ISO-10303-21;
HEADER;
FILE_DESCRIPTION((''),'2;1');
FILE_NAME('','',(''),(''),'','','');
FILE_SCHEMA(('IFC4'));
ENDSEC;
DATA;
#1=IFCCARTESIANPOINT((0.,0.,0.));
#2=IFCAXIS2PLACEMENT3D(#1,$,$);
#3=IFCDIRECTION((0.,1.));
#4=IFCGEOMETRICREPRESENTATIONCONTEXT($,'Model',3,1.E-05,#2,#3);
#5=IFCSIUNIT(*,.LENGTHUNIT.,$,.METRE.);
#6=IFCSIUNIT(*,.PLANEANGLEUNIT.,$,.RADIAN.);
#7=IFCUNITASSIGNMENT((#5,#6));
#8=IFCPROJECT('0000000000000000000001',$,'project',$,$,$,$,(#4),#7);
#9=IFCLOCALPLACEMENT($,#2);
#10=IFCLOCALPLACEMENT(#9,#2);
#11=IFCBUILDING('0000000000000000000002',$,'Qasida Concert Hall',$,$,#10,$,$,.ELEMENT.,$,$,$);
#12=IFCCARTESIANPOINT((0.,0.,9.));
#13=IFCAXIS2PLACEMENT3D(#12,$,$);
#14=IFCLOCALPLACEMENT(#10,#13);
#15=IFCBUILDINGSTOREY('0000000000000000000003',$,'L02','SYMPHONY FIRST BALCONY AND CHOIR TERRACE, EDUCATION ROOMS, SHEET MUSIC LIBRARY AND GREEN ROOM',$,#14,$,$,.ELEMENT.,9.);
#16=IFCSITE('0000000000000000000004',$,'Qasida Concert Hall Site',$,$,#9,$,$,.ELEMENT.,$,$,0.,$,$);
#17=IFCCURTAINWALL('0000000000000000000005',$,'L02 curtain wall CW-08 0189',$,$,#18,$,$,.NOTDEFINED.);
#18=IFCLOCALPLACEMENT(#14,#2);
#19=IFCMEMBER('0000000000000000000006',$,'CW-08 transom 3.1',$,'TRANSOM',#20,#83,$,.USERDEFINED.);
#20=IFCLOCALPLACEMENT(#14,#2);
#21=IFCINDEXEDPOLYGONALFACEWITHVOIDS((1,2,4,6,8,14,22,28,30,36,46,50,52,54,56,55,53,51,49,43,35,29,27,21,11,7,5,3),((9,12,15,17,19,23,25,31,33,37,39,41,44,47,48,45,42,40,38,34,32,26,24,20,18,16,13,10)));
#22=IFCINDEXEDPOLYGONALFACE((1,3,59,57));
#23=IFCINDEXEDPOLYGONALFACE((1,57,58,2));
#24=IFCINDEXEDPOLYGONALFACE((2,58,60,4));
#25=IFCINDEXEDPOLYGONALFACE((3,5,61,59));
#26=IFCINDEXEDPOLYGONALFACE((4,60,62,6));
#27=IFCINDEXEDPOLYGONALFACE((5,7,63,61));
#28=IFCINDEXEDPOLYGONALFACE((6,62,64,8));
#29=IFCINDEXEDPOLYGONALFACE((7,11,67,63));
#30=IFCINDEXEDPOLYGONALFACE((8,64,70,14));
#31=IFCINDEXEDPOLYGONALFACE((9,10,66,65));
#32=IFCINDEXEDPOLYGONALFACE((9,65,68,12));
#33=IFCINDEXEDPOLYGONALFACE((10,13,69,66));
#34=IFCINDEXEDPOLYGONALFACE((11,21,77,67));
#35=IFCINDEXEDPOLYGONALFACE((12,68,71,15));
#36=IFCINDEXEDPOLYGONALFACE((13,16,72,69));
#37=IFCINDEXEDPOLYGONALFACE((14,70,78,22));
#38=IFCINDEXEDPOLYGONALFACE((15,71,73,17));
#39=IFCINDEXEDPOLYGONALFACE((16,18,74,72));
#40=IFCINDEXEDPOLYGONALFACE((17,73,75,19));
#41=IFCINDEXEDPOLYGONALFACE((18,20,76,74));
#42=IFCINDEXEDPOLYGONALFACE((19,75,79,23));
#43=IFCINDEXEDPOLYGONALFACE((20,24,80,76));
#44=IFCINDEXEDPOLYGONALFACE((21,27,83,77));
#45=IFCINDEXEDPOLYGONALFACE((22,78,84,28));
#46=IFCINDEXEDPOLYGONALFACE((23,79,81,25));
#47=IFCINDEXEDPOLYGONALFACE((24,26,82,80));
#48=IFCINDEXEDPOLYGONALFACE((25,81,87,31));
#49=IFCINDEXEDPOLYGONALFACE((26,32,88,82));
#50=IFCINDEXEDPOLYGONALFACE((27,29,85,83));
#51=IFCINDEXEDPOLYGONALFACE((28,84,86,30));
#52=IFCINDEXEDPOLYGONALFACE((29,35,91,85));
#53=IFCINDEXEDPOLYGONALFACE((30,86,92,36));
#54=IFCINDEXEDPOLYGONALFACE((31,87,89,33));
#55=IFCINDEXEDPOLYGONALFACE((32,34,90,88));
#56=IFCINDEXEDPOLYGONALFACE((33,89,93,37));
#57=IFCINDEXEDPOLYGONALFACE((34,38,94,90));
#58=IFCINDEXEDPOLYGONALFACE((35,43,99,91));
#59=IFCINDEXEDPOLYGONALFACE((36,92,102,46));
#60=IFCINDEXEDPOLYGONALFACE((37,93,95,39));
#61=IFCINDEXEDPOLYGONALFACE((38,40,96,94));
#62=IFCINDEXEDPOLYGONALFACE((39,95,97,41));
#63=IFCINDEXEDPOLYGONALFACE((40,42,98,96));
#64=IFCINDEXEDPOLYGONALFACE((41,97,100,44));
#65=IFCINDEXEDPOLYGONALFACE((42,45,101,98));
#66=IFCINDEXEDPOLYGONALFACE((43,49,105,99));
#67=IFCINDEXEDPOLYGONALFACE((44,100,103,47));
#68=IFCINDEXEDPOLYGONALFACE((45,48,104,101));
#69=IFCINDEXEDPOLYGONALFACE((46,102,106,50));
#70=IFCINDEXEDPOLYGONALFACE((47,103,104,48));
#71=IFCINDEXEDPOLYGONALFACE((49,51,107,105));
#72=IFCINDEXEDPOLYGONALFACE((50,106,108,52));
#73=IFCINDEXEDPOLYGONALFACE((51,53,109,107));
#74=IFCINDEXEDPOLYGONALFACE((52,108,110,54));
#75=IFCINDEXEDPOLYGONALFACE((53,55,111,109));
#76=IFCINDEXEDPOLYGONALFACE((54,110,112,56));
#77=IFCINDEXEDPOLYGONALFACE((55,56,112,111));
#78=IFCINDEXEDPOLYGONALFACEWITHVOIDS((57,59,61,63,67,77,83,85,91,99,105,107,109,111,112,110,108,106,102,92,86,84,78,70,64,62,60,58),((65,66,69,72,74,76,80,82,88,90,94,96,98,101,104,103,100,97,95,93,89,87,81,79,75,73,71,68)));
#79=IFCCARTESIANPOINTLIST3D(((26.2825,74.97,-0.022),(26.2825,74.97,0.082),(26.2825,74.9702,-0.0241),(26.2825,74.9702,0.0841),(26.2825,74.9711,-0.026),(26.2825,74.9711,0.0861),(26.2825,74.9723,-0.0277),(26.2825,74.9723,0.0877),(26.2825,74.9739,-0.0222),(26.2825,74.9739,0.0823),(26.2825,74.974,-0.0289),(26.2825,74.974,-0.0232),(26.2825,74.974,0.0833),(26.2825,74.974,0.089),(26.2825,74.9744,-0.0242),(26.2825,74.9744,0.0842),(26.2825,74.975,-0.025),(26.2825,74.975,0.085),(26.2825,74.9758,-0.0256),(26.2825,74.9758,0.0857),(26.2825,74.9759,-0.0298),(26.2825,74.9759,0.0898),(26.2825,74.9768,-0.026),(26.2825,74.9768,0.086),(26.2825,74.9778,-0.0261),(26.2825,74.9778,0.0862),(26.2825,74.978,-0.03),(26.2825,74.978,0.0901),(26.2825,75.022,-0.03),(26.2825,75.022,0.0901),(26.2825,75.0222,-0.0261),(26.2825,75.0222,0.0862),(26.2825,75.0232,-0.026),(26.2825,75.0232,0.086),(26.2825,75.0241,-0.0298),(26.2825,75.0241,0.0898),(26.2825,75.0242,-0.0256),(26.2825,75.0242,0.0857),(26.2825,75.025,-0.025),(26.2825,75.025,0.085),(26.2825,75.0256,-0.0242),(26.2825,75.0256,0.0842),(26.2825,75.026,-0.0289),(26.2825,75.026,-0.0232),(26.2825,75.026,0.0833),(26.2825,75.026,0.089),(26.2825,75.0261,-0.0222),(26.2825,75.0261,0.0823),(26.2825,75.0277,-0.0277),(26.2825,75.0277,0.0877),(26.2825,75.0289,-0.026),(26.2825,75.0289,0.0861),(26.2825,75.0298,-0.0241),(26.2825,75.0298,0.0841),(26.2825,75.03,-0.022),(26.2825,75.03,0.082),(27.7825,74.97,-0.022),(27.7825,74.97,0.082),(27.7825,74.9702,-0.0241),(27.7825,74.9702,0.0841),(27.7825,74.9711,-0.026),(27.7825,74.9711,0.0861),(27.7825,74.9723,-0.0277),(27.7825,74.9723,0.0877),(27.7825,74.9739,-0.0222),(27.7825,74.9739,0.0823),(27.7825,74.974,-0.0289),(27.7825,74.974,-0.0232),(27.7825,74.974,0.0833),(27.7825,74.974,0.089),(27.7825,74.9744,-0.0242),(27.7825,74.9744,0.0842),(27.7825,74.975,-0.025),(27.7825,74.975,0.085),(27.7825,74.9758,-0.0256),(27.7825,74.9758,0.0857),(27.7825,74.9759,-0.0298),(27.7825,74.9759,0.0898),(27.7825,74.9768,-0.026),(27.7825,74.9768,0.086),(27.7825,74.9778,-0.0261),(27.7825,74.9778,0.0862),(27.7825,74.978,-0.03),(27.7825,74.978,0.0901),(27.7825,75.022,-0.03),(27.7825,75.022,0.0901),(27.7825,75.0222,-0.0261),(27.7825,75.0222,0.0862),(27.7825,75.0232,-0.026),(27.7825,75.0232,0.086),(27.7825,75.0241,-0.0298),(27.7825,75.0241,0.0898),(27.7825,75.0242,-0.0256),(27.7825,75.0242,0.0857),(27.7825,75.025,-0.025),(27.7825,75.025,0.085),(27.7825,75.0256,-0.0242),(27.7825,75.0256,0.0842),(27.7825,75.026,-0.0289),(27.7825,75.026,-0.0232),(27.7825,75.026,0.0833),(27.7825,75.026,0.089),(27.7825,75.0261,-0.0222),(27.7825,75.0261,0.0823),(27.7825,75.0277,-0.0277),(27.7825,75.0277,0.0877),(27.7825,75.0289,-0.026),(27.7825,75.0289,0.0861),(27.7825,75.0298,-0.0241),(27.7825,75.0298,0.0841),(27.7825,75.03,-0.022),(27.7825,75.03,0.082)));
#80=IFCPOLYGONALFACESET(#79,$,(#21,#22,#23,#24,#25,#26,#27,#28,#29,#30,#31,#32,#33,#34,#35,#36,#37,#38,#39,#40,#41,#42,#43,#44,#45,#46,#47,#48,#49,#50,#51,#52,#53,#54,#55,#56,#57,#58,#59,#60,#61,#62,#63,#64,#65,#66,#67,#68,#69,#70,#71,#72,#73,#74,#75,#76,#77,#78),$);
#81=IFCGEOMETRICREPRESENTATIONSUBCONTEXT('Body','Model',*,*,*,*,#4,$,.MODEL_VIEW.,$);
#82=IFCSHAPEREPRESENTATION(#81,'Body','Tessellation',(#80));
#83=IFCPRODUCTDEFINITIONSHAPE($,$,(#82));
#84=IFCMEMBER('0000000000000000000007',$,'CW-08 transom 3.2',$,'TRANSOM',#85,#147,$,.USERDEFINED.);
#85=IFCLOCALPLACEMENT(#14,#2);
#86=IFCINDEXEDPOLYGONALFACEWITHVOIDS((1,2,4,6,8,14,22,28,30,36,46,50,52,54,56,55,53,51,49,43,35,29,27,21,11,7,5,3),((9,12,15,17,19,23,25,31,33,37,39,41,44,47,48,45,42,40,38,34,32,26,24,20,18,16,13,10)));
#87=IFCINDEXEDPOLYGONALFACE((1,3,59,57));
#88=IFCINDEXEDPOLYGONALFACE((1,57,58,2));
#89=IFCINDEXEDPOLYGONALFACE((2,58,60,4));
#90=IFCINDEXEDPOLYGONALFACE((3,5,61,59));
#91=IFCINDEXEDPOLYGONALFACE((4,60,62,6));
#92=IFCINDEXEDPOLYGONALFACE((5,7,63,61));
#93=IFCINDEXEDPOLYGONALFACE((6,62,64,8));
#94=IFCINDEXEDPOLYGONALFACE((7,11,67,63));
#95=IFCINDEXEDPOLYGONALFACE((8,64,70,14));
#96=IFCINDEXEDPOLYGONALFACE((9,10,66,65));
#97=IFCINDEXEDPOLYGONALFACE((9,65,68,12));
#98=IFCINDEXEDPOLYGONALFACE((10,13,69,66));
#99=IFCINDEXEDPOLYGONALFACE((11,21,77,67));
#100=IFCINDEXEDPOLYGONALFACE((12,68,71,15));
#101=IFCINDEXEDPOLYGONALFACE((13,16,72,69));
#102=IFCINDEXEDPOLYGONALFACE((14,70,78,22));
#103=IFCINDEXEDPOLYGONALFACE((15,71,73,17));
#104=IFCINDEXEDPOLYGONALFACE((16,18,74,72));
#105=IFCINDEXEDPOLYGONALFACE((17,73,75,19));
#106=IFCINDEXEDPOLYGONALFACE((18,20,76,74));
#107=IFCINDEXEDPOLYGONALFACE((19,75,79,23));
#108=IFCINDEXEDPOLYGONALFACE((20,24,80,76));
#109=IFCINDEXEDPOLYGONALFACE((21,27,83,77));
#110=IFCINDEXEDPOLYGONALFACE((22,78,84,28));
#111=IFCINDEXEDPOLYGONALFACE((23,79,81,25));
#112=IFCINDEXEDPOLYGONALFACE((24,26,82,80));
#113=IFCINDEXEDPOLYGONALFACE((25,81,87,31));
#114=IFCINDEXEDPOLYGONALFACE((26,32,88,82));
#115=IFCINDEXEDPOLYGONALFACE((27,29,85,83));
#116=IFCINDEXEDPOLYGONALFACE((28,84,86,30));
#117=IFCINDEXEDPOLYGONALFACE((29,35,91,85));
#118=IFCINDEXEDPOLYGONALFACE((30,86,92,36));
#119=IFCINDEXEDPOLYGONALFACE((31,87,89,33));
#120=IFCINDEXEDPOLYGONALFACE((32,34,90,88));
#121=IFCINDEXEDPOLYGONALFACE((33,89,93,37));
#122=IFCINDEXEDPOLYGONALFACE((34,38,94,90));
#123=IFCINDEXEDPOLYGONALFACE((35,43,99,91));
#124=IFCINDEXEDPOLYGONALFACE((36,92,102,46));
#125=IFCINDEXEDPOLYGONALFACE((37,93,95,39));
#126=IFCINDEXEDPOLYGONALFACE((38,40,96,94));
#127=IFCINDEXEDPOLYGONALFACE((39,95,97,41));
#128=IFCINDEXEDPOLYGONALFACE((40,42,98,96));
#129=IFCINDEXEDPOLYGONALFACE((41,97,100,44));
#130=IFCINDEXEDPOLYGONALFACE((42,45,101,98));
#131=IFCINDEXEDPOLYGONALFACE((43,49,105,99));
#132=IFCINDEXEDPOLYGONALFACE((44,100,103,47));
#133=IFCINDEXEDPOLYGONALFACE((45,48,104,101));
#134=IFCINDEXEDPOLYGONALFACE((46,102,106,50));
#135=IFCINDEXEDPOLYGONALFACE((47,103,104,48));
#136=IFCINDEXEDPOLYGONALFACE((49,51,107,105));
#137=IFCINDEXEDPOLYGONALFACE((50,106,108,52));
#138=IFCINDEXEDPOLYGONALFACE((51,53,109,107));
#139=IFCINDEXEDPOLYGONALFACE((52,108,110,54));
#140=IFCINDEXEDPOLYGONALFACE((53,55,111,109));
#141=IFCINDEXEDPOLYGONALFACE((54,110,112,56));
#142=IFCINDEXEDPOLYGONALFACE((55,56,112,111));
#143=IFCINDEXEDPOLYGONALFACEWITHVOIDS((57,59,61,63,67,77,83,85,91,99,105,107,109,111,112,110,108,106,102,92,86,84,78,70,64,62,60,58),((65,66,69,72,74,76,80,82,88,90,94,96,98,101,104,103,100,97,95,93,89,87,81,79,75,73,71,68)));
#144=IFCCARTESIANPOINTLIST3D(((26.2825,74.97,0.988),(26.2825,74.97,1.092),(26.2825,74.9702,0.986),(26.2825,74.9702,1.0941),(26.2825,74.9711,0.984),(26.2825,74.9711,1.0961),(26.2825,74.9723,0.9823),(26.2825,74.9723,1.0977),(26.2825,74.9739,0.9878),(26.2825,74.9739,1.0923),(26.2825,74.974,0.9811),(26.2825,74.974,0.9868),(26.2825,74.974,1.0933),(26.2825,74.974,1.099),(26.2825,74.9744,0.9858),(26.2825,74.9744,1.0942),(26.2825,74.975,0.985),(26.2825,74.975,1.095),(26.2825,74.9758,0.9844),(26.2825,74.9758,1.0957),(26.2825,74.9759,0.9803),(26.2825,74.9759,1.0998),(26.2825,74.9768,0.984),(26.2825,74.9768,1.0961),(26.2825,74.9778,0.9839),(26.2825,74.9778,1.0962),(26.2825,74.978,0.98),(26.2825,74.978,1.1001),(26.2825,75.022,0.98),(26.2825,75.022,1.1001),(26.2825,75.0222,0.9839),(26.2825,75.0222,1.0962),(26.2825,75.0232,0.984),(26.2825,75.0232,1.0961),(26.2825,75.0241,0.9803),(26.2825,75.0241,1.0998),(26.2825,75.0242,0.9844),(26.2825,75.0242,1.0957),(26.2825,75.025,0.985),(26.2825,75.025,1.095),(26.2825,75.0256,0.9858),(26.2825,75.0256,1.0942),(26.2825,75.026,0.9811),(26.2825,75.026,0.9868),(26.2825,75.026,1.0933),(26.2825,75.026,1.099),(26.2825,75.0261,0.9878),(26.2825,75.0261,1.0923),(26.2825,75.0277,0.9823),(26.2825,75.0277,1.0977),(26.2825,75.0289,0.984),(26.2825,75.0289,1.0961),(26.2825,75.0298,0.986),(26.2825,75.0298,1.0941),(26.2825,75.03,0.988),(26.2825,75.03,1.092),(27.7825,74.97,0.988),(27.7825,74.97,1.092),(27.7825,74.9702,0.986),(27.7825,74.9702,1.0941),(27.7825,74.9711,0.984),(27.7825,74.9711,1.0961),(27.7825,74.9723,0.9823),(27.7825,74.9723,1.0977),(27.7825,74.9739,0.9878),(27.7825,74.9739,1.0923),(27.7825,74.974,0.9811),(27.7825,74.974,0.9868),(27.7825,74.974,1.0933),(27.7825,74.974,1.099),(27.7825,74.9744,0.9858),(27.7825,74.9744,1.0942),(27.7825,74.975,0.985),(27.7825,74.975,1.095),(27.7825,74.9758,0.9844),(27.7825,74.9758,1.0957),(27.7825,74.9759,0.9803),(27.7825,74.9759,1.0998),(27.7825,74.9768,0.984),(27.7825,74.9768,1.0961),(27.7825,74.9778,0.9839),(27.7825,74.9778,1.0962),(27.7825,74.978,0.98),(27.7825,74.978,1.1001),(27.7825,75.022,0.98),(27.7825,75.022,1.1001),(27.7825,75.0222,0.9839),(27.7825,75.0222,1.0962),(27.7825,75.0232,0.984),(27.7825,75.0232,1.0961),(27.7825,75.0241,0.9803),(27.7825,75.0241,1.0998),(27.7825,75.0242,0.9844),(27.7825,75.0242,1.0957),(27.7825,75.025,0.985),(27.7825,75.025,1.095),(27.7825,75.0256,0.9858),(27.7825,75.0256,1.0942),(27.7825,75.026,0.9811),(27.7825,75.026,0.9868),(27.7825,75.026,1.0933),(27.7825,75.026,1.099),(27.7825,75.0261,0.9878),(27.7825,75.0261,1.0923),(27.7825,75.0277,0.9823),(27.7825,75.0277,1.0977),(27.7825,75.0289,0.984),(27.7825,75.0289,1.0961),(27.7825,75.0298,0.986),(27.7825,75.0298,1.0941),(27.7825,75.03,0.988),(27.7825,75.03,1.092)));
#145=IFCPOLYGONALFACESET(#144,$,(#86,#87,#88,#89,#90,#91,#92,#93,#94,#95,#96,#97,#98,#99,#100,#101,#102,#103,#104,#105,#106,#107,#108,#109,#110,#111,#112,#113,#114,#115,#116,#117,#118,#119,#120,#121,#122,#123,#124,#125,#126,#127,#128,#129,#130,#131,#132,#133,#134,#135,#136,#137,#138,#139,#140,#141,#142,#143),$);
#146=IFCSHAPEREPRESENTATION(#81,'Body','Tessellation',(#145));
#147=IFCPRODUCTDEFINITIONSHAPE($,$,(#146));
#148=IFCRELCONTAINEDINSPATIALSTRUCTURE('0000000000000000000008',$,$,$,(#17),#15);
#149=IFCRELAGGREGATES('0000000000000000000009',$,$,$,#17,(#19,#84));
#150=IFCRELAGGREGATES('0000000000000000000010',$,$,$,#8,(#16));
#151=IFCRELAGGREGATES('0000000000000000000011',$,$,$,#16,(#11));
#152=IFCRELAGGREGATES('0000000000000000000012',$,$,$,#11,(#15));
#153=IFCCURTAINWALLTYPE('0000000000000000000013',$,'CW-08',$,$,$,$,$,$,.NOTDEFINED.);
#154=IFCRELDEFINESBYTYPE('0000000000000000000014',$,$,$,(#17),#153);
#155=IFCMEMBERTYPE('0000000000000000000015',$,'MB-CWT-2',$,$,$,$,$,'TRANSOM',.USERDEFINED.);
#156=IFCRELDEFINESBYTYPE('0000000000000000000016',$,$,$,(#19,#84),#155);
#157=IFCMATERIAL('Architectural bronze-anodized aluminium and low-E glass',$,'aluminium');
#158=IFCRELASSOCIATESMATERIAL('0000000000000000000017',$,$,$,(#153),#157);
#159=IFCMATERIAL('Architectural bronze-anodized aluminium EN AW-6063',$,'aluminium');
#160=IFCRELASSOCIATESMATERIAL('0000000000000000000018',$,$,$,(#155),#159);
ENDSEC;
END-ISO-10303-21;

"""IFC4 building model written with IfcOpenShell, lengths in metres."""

from ifc_helpers import new_model, si_unit, direction, frame, origin, origin_2d, place, context, subcontext, project, spatial, hollow_rectangle, extrude, material, material_profile, profile_set, type_object, element, aggregate, save


model = new_model("IFC4")

# Units and contexts
model_context = context("Model", 3, precision=1e-05, world=origin(), true_north=direction((0.0, 1.0)))
body_context = subcontext(model_context, "Body", "Model", "MODEL_VIEW")
ifc_project = project(units=[si_unit("LENGTHUNIT", "METRE"), si_unit("PLANEANGLEUNIT", "RADIAN")], contexts=[model_context])

# Site, building, storey
site_placement = place(None, origin())
site = spatial("IfcSite", under=ifc_project, at=site_placement, Name="Qasida Concert Hall Site", CompositionType="ELEMENT", RefElevation=0.0)
building_placement = place(site_placement, origin())
building = spatial("IfcBuilding", under=site, at=building_placement, Name="Qasida Concert Hall", CompositionType="ELEMENT")
storey_placement = place(building_placement, frame((0.0, 0.0, 9.0)))
storey = spatial("IfcBuildingStorey", under=building, at=storey_placement, Name="L02", Description="SYMPHONY FIRST BALCONY AND CHOIR TERRACE, EDUCATION ROOMS, SHEET MUSIC LIBRARY AND GREEN ROOM", CompositionType="ELEMENT", Elevation=9.0)

# Curtain wall, members
ifc_material_1 = material(Name="Architectural bronze-anodized aluminium and low-E glass", Category="aluminium")
curtain_wall_type = type_object("IfcCurtainWallType", Name="CW-08", PredefinedType="NOTDEFINED", material=ifc_material_1)
curtain_wall_placement = place(storey_placement, origin())
curtain_wall = element("IfcCurtainWall", 1, at=curtain_wall_placement, inside=storey, type_object=curtain_wall_type, Name="L02 curtain wall CW-08 0189", PredefinedType="NOTDEFINED")
ifc_material_2 = material(Name="Architectural bronze-anodized aluminium EN AW-6063", Category="aluminium")
ifc_material_profile_1 = material_profile(ifc_material_2, hollow_rectangle(XDim=0.0601, YDim=0.1201, WallThickness=0.0039, InnerFilletRadius=0.0039, OuterFilletRadius=0.0081, at=origin_2d()), Name="CWT 120x60x4")
ifc_profile_set_1 = profile_set([ifc_material_profile_1], Name="Architectural bronze-anodized aluminium EN AW-6063")
member_type_1 = type_object("IfcMemberType", Name="MB-CWT-2", ElementType="TRANSOM", PredefinedType="USERDEFINED", material=ifc_profile_set_1)
member_1_placement = place(storey_placement, frame((26.2825, 75.0, 0.03), z_axis=(1.0, 0.0, 0.0), x_axis=(0.0, 1.0, 0.0)))
member_1 = element("IfcMember", 2, at=member_1_placement, type_object=member_type_1, Name="CW-08 transom 3.1", ObjectType="TRANSOM", PredefinedType="USERDEFINED", context=body_context, shape_type="SweptSolid", body=[
    extrude(hollow_rectangle(XDim=0.0601, YDim=0.1201, WallThickness=0.0039, InnerFilletRadius=0.0039, OuterFilletRadius=0.0081, at=origin_2d()), origin(), (0.0, 0.0, 1.0), 1.5),
])
member_2_placement = place(storey_placement, frame((26.2825, 75.0, 1.04), z_axis=(1.0, 0.0, 0.0), x_axis=(0.0, 1.0, 0.0)))
member_2 = element("IfcMember", 3, at=member_2_placement, type_object=member_type_1, Name="CW-08 transom 3.2", ObjectType="TRANSOM", PredefinedType="USERDEFINED", context=body_context, shape_type="SweptSolid", body=[
    extrude(hollow_rectangle(XDim=0.0601, YDim=0.1201, WallThickness=0.0039, InnerFilletRadius=0.0039, OuterFilletRadius=0.0081, at=origin_2d()), origin(), (0.0, 0.0, 1.0), 1.5),
])
aggregate(curtain_wall, [member_1, member_2])

save(model, "model.ifc")
